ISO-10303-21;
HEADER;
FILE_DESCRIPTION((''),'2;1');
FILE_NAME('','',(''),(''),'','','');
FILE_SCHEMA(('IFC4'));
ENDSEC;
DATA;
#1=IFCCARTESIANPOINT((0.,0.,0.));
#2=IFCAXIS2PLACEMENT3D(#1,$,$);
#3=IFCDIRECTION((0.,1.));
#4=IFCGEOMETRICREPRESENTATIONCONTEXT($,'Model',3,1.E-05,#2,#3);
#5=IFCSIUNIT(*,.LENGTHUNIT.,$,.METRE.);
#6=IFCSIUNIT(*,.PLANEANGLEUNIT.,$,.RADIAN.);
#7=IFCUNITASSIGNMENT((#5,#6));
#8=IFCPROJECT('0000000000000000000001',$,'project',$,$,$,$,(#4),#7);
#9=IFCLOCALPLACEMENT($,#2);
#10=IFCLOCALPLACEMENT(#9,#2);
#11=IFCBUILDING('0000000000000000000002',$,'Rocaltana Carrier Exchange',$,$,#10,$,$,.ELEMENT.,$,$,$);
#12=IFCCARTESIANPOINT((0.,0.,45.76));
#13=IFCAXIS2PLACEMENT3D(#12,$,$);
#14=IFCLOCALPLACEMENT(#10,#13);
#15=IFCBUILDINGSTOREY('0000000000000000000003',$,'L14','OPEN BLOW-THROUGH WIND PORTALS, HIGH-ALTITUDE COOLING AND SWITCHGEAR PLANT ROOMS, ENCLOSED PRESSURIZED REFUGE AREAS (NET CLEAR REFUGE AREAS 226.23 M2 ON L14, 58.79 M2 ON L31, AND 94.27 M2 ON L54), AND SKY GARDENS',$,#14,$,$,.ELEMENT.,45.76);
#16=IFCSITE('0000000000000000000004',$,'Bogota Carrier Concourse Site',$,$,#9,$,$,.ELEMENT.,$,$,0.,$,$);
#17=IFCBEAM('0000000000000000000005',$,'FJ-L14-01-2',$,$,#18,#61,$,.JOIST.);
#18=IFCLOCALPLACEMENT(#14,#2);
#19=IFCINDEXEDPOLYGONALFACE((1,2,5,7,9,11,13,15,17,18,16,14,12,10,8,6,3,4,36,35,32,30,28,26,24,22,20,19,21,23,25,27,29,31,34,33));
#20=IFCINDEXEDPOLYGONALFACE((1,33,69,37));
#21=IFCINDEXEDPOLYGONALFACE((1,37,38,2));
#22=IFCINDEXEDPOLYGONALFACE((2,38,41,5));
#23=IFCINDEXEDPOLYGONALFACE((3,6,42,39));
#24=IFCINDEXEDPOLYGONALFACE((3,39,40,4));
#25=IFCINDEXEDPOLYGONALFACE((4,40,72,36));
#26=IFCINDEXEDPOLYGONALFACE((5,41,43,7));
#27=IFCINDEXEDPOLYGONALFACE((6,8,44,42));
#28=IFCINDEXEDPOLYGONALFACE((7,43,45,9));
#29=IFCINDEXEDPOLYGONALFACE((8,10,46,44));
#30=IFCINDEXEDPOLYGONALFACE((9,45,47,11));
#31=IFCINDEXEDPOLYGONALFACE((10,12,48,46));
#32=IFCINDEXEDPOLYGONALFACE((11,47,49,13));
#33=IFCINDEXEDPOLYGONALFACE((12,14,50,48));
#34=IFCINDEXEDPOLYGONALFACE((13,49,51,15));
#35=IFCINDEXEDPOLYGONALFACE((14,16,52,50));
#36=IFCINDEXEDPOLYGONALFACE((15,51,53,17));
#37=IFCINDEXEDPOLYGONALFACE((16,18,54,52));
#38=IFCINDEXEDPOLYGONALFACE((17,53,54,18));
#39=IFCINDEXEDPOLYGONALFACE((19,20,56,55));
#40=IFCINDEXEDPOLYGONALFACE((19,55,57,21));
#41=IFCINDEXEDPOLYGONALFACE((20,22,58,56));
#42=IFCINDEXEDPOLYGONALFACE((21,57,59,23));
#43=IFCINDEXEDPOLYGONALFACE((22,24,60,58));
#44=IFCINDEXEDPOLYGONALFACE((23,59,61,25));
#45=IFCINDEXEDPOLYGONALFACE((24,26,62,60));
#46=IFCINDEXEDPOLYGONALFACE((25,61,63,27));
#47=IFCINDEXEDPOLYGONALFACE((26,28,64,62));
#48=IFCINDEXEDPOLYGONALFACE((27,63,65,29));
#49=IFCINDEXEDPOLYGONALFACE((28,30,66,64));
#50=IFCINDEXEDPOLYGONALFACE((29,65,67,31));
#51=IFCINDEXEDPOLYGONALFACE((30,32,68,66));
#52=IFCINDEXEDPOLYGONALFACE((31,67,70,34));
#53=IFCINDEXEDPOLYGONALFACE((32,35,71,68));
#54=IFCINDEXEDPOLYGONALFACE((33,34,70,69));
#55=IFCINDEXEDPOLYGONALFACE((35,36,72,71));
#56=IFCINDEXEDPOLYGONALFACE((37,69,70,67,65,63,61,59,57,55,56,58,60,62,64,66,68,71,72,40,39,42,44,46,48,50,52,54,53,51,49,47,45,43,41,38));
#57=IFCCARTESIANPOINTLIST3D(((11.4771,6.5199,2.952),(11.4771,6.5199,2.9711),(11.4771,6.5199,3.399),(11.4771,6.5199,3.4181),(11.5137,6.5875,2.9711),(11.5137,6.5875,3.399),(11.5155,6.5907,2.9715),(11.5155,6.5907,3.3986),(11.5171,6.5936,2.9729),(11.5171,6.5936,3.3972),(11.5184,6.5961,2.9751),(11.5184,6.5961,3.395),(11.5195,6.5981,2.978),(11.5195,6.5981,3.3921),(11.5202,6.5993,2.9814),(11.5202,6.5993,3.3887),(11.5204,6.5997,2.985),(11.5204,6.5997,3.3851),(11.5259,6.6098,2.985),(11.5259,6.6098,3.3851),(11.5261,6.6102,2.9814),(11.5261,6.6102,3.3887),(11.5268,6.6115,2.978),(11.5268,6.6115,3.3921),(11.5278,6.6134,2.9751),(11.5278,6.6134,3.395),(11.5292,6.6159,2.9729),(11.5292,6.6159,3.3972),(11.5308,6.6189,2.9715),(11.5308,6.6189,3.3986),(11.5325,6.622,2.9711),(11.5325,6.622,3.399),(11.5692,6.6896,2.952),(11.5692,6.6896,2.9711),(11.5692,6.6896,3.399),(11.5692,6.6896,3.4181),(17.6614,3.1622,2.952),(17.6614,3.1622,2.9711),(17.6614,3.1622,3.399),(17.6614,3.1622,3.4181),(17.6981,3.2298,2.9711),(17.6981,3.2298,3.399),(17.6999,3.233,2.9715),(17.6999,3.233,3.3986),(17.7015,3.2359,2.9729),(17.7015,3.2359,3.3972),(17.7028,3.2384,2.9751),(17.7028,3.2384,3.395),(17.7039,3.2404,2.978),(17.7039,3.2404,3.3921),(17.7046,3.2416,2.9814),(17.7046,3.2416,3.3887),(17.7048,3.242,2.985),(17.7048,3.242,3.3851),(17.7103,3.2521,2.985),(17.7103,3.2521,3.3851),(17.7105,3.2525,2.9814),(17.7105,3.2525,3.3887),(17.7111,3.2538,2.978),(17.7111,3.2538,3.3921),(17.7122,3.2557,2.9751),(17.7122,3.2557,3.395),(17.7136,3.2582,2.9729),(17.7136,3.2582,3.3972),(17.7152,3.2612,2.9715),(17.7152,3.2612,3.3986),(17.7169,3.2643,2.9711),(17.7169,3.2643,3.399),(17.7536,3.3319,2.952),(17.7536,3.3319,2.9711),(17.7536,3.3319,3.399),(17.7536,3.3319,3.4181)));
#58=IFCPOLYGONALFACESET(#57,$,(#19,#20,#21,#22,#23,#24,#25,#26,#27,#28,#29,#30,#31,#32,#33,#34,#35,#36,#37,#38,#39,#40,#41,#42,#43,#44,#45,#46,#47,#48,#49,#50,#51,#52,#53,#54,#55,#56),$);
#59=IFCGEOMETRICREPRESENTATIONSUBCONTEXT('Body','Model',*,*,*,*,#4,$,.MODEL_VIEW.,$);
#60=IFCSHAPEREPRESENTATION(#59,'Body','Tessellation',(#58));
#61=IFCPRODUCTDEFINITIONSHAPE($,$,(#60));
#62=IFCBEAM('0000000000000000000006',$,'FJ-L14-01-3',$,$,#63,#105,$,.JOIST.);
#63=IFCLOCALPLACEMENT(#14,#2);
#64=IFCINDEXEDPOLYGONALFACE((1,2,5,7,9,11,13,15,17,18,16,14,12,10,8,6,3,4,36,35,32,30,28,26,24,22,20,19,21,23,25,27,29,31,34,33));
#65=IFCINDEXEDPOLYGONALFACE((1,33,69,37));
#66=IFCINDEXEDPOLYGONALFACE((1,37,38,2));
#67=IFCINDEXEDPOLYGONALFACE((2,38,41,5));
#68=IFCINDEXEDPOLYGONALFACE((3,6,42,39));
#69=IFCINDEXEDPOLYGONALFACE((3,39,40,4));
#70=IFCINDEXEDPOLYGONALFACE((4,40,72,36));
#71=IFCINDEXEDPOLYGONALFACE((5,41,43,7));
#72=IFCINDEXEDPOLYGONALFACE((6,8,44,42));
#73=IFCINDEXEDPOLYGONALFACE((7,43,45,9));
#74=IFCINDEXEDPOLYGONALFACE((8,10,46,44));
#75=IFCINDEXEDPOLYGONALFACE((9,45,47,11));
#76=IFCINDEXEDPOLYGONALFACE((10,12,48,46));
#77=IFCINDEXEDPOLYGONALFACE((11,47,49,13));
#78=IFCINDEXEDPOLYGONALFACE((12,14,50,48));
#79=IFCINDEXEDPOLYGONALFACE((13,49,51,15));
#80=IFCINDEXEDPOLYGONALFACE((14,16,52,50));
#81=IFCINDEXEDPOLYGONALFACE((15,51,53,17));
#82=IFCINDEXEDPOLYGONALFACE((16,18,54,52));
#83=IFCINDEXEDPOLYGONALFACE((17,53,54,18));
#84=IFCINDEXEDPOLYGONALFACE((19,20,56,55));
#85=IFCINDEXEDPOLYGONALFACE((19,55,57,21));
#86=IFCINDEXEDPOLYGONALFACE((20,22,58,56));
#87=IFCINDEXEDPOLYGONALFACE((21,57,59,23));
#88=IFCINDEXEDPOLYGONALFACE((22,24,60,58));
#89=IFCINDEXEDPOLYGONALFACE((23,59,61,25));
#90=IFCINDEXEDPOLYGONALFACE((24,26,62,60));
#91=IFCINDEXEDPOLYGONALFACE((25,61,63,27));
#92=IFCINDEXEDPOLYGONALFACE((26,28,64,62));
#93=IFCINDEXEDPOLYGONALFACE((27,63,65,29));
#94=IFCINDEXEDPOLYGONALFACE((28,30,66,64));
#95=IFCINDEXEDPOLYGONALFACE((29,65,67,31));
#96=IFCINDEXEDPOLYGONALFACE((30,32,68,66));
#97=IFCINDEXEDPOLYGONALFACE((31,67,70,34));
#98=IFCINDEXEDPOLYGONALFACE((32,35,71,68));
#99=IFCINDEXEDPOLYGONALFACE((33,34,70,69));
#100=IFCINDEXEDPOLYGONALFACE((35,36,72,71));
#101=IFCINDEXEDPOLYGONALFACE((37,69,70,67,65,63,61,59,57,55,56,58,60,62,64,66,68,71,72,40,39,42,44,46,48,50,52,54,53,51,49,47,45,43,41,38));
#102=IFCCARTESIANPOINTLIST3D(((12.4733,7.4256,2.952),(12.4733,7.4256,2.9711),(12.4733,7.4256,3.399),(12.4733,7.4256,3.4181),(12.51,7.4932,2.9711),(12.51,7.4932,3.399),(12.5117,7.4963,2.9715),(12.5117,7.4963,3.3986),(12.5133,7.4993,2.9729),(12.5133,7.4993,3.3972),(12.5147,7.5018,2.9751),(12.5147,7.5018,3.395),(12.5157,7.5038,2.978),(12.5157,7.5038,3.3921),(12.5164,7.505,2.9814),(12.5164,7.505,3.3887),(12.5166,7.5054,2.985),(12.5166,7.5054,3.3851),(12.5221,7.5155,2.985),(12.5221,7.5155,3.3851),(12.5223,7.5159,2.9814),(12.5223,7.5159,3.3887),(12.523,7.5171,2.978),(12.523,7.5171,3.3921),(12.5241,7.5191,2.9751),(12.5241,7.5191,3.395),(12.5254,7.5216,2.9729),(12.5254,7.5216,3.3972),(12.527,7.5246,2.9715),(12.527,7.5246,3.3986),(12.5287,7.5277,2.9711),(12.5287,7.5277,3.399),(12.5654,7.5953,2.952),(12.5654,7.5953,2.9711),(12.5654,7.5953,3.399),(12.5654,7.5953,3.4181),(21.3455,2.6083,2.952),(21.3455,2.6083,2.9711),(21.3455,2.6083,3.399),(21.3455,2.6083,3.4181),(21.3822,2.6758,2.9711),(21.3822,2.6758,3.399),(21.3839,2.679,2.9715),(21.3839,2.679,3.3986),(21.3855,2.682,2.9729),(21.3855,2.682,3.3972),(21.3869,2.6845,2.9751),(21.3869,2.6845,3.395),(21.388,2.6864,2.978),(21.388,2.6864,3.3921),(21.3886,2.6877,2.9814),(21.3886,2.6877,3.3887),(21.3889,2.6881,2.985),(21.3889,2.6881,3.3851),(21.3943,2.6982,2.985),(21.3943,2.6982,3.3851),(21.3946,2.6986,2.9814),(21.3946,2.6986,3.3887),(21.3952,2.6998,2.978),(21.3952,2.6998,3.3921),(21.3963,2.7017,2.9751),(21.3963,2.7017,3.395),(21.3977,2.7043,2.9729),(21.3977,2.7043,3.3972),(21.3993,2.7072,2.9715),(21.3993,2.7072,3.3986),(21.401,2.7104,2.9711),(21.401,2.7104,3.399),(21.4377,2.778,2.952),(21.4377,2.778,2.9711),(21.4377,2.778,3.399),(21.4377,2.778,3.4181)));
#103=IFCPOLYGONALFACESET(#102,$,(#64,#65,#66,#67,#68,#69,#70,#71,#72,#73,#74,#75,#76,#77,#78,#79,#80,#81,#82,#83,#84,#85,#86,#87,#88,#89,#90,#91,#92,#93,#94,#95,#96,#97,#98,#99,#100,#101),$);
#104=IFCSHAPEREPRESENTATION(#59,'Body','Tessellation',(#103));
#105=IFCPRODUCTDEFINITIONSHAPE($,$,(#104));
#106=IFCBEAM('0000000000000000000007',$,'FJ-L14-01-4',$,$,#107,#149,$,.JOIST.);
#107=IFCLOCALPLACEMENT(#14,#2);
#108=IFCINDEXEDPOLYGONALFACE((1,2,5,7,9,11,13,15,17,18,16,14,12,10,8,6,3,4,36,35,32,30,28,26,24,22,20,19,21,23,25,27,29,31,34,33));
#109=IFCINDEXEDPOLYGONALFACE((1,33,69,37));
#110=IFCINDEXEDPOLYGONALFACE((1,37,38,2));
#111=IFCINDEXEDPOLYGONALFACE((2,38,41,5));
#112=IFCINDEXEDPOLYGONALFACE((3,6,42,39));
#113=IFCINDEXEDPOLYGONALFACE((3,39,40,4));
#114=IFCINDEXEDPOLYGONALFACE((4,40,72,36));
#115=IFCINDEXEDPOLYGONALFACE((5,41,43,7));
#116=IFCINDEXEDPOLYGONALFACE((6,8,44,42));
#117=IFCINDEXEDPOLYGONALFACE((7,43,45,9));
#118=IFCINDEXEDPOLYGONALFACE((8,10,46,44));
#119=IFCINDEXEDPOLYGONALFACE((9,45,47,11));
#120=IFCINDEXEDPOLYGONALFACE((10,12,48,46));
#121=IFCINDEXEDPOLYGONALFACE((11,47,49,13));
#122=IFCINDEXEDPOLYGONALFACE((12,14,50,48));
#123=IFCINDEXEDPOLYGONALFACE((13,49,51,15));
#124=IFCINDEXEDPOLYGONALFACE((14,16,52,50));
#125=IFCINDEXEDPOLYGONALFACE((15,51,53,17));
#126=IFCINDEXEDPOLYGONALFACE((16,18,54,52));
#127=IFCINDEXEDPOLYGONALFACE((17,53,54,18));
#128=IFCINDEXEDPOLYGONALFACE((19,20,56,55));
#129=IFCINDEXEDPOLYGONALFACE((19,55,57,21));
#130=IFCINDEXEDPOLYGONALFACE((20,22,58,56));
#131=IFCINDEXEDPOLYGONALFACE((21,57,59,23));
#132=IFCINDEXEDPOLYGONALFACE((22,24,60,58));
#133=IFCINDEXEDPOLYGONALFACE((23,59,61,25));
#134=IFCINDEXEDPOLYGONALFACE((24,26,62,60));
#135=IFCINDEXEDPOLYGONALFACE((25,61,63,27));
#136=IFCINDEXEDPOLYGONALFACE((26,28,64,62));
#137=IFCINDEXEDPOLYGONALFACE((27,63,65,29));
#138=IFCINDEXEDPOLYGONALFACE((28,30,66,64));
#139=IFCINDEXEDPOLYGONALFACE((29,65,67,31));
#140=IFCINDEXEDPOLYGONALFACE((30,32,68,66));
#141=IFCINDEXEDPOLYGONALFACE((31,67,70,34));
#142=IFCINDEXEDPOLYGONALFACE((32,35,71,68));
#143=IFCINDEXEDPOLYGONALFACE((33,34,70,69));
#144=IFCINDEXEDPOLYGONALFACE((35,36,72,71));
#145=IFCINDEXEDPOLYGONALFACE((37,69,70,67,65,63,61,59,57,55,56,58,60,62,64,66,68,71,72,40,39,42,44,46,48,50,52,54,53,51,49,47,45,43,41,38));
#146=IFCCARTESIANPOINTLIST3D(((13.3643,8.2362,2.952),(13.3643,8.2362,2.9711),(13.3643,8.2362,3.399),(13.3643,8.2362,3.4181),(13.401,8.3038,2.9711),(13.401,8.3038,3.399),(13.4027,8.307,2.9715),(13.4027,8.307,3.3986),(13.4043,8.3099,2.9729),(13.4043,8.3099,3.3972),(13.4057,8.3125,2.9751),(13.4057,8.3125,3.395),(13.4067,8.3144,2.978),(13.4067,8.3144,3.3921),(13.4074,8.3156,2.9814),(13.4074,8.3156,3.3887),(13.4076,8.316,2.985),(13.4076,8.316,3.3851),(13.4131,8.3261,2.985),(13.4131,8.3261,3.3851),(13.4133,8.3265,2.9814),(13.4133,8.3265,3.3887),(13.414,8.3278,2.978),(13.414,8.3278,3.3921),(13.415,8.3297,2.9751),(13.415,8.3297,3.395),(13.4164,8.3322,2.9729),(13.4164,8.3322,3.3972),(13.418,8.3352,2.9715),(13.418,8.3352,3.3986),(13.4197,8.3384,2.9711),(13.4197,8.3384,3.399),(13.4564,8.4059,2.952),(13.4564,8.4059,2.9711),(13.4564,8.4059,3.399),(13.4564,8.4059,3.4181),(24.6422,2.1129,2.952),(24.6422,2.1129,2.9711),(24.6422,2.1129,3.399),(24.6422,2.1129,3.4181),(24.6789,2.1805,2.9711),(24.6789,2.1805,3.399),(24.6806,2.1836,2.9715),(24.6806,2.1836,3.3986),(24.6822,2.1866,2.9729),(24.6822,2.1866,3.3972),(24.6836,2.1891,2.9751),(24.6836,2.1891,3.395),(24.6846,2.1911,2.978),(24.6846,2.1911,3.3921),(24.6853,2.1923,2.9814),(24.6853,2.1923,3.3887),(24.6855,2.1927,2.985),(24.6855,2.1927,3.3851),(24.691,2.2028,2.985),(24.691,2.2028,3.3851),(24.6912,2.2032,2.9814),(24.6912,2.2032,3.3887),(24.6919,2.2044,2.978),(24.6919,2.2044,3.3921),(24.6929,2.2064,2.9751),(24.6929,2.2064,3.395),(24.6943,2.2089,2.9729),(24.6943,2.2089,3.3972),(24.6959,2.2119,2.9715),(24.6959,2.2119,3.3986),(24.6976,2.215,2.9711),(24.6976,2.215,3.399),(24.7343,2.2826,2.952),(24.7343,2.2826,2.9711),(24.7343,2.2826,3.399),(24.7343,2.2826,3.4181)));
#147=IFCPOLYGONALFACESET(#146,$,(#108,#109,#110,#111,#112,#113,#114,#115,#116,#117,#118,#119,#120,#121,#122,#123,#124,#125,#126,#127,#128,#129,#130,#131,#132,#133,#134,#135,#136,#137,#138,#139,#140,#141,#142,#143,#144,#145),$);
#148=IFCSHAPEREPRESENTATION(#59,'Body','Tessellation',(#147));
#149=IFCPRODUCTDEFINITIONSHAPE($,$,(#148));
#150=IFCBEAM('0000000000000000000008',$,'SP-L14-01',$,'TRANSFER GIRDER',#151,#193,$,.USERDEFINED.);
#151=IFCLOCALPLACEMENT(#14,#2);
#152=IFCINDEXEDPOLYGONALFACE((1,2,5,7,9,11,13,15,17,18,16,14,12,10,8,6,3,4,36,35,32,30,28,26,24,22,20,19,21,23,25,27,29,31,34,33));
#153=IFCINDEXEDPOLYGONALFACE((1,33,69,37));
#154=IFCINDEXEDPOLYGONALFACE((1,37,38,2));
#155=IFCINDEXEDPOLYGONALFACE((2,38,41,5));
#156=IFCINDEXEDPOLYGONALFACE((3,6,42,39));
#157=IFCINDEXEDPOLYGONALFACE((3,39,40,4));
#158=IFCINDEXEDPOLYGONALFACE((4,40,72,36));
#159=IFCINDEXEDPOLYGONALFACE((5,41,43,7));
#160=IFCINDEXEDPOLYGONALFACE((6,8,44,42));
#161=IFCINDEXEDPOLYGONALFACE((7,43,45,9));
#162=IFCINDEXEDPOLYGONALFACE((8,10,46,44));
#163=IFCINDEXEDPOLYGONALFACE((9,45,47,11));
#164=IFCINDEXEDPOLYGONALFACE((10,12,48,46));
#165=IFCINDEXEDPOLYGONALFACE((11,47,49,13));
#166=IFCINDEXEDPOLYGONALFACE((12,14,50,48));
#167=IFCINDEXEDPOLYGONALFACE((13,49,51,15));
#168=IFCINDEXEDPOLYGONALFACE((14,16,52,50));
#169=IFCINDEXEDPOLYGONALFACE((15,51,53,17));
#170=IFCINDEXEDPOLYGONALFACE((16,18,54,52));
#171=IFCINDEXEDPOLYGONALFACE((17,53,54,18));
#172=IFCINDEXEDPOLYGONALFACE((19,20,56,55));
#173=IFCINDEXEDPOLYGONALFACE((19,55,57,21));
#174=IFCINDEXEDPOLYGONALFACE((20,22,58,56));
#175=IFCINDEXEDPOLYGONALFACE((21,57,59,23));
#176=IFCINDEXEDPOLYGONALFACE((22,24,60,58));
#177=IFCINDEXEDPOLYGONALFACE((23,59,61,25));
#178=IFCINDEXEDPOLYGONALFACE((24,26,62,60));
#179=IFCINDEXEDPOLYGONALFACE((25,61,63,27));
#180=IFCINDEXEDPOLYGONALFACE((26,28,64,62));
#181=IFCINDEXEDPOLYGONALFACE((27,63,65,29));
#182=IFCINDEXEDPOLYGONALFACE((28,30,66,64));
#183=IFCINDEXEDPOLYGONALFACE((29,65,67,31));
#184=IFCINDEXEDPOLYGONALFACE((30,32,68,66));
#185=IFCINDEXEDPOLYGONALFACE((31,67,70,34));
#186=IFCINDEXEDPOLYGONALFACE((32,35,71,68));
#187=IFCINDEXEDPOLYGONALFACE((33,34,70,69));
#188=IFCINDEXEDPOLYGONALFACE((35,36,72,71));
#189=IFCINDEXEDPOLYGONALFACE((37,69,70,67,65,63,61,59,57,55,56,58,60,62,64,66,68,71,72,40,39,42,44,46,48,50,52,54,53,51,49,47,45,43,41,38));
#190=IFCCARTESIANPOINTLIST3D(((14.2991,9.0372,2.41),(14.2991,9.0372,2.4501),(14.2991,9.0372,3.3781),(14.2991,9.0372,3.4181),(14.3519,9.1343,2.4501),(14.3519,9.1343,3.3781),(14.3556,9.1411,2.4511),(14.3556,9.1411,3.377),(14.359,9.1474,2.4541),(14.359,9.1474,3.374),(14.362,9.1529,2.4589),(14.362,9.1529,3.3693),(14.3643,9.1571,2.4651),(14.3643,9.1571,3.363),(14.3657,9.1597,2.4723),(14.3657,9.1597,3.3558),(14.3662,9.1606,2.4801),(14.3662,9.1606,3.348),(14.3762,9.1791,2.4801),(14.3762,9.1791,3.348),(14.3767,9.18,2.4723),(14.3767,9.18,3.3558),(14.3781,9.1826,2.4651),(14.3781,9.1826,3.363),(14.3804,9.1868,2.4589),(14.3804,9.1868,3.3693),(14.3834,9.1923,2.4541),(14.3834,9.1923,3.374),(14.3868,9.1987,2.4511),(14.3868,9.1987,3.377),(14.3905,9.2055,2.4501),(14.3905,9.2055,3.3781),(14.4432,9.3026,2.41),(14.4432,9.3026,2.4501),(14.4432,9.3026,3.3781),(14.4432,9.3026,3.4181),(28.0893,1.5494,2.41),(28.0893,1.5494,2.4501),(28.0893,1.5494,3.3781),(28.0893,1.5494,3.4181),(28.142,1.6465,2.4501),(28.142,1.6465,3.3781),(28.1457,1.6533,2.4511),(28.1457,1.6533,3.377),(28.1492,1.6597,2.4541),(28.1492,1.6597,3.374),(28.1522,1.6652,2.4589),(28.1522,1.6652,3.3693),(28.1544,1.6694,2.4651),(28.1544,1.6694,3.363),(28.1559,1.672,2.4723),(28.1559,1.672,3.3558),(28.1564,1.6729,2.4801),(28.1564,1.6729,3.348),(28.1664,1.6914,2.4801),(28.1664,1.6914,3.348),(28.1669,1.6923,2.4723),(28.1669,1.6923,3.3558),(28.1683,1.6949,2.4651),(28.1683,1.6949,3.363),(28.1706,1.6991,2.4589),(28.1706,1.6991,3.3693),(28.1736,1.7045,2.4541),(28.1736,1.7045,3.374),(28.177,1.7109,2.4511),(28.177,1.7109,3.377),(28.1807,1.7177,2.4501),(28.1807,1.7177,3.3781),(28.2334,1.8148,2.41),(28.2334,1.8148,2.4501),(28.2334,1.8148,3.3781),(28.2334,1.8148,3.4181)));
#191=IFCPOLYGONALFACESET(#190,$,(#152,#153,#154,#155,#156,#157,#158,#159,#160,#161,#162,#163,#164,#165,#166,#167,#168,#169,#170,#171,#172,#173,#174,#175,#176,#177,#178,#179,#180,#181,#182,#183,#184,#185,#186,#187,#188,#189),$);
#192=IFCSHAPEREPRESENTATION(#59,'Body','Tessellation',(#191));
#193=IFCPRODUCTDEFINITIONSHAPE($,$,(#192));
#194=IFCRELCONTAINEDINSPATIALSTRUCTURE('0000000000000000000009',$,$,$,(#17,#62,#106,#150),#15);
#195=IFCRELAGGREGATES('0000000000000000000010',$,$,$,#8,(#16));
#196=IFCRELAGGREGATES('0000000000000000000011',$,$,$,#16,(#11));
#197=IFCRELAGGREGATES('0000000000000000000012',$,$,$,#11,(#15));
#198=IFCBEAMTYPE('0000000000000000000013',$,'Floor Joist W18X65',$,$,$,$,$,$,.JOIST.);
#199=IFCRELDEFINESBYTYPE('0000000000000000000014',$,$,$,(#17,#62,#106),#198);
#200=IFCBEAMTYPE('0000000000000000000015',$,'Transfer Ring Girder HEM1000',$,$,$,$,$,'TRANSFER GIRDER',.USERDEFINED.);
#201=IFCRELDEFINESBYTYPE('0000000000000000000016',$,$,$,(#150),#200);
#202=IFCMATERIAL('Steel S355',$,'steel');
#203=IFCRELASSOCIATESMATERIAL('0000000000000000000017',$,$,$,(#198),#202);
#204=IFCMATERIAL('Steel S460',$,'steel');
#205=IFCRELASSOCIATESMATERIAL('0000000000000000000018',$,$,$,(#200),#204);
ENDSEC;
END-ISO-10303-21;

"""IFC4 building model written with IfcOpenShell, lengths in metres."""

from ifc_helpers import new_model, si_unit, direction, frame, origin, origin_2d, place, context, subcontext, project, spatial, i_section, extrude, material, material_profile, profile_set, type_object, element, save


model = new_model("IFC4")

# Units and contexts
model_context = context("Model", 3, precision=1e-05, world=origin(), true_north=direction((0.0, 1.0)))
body_context = subcontext(model_context, "Body", "Model", "MODEL_VIEW")
ifc_project = project(units=[si_unit("LENGTHUNIT", "METRE"), si_unit("PLANEANGLEUNIT", "RADIAN")], contexts=[model_context])

# Site, building, storey
site_placement = place(None, origin())
site = spatial("IfcSite", under=ifc_project, at=site_placement, Name="Bogota Carrier Concourse Site", CompositionType="ELEMENT", RefElevation=0.0)
building_placement = place(site_placement, origin())
building = spatial("IfcBuilding", under=site, at=building_placement, Name="Rocaltana Carrier Exchange", CompositionType="ELEMENT")
storey_placement = place(building_placement, frame((0.0, 0.0, 45.76)))
storey = spatial("IfcBuildingStorey", under=building, at=storey_placement, Name="L14", Description="OPEN BLOW-THROUGH WIND PORTALS, HIGH-ALTITUDE COOLING AND SWITCHGEAR PLANT ROOMS, ENCLOSED PRESSURIZED REFUGE AREAS (NET CLEAR REFUGE AREAS 226.23 M2 ON L14, 58.79 M2 ON L31, AND 94.27 M2 ON L54), AND SKY GARDENS", CompositionType="ELEMENT", Elevation=45.76)

# Beams
ifc_material_1 = material(Name="Steel S355", Category="steel")
ifc_material_profile_1 = material_profile(ifc_material_1, i_section(OverallWidth=0.1931, OverallDepth=0.4661, WebThickness=0.0115, FlangeThickness=0.019, FilletRadius=0.0139, at=origin_2d()), Name="W18X65")
ifc_profile_set_1 = profile_set([ifc_material_profile_1], Name="Steel S355")
beam_type_1 = type_object("IfcBeamType", Name="Floor Joist W18X65", PredefinedType="JOIST", material=ifc_profile_set_1)
beam_1_placement = place(storey_placement, frame((17.7075, 3.2471, 3.1851), z_axis=(-0.878826, 0.477142, 0.0), x_axis=(-0.477142, -0.878826, 0.0)))
element("IfcBeam", 1, at=beam_1_placement, inside=storey, type_object=beam_type_1, Name="FJ-L14-01-2", PredefinedType="JOIST", context=body_context, shape_type="SweptSolid", body=[
    extrude(i_section(OverallWidth=0.1931, OverallDepth=0.4661, WebThickness=0.0115, FlangeThickness=0.019, FilletRadius=0.0139, at=origin_2d()), origin(), (0.0, 0.0, 1.0), 7.0371),
])
beam_2_placement = place(storey_placement, frame((21.3916, 2.6931, 3.1851), z_axis=(-0.878813, 0.477167, 0.0), x_axis=(-0.477167, -0.878813, 0.0)))
element("IfcBeam", 2, at=beam_2_placement, inside=storey, type_object=beam_type_1, Name="FJ-L14-01-3", PredefinedType="JOIST", context=body_context, shape_type="SweptSolid", body=[
    extrude(i_section(OverallWidth=0.1931, OverallDepth=0.4661, WebThickness=0.0115, FlangeThickness=0.019, FilletRadius=0.0139, at=origin_2d()), origin(), (0.0, 0.0, 1.0), 10.0957),
])
beam_3_placement = place(storey_placement, frame((24.6882, 2.1978, 3.1851), z_axis=(-0.878819, 0.477154, 0.0), x_axis=(-0.477154, -0.878819, 0.0)))
element("IfcBeam", 3, at=beam_3_placement, inside=storey, type_object=beam_type_1, Name="FJ-L14-01-4", PredefinedType="JOIST", context=body_context, shape_type="SweptSolid", body=[
    extrude(i_section(OverallWidth=0.1931, OverallDepth=0.4661, WebThickness=0.0115, FlangeThickness=0.019, FilletRadius=0.0139, at=origin_2d()), origin(), (0.0, 0.0, 1.0), 12.833),
])
ifc_material_2 = material(Name="Steel S460", Category="steel")
ifc_material_profile_2 = material_profile(ifc_material_2, i_section(OverallWidth=0.302, OverallDepth=1.0081, WebThickness=0.021, FlangeThickness=0.04, FilletRadius=0.03, at=origin_2d()), Name="HEM1000")
ifc_profile_set_2 = profile_set([ifc_material_profile_2], Name="Steel S460")
beam_type_2 = type_object("IfcBeamType", Name="Transfer Ring Girder HEM1000", ElementType="TRANSFER GIRDER", PredefinedType="USERDEFINED", material=ifc_profile_set_2)
beam_4_placement = place(storey_placement, frame((28.1614, 1.6821, 2.9141), z_axis=(-0.87881, 0.477173, 0.0), x_axis=(-0.477173, -0.87881, 0.0)))
element("IfcBeam", 4, at=beam_4_placement, inside=storey, type_object=beam_type_2, Name="SP-L14-01", ObjectType="TRANSFER GIRDER", PredefinedType="USERDEFINED", context=body_context, shape_type="SweptSolid", body=[
    extrude(i_section(OverallWidth=0.302, OverallDepth=1.0081, WebThickness=0.021, FlangeThickness=0.04, FilletRadius=0.03, at=origin_2d()), origin(), (0.0, 0.0, 1.0), 15.6919),
])

save(model, "model.ifc")
